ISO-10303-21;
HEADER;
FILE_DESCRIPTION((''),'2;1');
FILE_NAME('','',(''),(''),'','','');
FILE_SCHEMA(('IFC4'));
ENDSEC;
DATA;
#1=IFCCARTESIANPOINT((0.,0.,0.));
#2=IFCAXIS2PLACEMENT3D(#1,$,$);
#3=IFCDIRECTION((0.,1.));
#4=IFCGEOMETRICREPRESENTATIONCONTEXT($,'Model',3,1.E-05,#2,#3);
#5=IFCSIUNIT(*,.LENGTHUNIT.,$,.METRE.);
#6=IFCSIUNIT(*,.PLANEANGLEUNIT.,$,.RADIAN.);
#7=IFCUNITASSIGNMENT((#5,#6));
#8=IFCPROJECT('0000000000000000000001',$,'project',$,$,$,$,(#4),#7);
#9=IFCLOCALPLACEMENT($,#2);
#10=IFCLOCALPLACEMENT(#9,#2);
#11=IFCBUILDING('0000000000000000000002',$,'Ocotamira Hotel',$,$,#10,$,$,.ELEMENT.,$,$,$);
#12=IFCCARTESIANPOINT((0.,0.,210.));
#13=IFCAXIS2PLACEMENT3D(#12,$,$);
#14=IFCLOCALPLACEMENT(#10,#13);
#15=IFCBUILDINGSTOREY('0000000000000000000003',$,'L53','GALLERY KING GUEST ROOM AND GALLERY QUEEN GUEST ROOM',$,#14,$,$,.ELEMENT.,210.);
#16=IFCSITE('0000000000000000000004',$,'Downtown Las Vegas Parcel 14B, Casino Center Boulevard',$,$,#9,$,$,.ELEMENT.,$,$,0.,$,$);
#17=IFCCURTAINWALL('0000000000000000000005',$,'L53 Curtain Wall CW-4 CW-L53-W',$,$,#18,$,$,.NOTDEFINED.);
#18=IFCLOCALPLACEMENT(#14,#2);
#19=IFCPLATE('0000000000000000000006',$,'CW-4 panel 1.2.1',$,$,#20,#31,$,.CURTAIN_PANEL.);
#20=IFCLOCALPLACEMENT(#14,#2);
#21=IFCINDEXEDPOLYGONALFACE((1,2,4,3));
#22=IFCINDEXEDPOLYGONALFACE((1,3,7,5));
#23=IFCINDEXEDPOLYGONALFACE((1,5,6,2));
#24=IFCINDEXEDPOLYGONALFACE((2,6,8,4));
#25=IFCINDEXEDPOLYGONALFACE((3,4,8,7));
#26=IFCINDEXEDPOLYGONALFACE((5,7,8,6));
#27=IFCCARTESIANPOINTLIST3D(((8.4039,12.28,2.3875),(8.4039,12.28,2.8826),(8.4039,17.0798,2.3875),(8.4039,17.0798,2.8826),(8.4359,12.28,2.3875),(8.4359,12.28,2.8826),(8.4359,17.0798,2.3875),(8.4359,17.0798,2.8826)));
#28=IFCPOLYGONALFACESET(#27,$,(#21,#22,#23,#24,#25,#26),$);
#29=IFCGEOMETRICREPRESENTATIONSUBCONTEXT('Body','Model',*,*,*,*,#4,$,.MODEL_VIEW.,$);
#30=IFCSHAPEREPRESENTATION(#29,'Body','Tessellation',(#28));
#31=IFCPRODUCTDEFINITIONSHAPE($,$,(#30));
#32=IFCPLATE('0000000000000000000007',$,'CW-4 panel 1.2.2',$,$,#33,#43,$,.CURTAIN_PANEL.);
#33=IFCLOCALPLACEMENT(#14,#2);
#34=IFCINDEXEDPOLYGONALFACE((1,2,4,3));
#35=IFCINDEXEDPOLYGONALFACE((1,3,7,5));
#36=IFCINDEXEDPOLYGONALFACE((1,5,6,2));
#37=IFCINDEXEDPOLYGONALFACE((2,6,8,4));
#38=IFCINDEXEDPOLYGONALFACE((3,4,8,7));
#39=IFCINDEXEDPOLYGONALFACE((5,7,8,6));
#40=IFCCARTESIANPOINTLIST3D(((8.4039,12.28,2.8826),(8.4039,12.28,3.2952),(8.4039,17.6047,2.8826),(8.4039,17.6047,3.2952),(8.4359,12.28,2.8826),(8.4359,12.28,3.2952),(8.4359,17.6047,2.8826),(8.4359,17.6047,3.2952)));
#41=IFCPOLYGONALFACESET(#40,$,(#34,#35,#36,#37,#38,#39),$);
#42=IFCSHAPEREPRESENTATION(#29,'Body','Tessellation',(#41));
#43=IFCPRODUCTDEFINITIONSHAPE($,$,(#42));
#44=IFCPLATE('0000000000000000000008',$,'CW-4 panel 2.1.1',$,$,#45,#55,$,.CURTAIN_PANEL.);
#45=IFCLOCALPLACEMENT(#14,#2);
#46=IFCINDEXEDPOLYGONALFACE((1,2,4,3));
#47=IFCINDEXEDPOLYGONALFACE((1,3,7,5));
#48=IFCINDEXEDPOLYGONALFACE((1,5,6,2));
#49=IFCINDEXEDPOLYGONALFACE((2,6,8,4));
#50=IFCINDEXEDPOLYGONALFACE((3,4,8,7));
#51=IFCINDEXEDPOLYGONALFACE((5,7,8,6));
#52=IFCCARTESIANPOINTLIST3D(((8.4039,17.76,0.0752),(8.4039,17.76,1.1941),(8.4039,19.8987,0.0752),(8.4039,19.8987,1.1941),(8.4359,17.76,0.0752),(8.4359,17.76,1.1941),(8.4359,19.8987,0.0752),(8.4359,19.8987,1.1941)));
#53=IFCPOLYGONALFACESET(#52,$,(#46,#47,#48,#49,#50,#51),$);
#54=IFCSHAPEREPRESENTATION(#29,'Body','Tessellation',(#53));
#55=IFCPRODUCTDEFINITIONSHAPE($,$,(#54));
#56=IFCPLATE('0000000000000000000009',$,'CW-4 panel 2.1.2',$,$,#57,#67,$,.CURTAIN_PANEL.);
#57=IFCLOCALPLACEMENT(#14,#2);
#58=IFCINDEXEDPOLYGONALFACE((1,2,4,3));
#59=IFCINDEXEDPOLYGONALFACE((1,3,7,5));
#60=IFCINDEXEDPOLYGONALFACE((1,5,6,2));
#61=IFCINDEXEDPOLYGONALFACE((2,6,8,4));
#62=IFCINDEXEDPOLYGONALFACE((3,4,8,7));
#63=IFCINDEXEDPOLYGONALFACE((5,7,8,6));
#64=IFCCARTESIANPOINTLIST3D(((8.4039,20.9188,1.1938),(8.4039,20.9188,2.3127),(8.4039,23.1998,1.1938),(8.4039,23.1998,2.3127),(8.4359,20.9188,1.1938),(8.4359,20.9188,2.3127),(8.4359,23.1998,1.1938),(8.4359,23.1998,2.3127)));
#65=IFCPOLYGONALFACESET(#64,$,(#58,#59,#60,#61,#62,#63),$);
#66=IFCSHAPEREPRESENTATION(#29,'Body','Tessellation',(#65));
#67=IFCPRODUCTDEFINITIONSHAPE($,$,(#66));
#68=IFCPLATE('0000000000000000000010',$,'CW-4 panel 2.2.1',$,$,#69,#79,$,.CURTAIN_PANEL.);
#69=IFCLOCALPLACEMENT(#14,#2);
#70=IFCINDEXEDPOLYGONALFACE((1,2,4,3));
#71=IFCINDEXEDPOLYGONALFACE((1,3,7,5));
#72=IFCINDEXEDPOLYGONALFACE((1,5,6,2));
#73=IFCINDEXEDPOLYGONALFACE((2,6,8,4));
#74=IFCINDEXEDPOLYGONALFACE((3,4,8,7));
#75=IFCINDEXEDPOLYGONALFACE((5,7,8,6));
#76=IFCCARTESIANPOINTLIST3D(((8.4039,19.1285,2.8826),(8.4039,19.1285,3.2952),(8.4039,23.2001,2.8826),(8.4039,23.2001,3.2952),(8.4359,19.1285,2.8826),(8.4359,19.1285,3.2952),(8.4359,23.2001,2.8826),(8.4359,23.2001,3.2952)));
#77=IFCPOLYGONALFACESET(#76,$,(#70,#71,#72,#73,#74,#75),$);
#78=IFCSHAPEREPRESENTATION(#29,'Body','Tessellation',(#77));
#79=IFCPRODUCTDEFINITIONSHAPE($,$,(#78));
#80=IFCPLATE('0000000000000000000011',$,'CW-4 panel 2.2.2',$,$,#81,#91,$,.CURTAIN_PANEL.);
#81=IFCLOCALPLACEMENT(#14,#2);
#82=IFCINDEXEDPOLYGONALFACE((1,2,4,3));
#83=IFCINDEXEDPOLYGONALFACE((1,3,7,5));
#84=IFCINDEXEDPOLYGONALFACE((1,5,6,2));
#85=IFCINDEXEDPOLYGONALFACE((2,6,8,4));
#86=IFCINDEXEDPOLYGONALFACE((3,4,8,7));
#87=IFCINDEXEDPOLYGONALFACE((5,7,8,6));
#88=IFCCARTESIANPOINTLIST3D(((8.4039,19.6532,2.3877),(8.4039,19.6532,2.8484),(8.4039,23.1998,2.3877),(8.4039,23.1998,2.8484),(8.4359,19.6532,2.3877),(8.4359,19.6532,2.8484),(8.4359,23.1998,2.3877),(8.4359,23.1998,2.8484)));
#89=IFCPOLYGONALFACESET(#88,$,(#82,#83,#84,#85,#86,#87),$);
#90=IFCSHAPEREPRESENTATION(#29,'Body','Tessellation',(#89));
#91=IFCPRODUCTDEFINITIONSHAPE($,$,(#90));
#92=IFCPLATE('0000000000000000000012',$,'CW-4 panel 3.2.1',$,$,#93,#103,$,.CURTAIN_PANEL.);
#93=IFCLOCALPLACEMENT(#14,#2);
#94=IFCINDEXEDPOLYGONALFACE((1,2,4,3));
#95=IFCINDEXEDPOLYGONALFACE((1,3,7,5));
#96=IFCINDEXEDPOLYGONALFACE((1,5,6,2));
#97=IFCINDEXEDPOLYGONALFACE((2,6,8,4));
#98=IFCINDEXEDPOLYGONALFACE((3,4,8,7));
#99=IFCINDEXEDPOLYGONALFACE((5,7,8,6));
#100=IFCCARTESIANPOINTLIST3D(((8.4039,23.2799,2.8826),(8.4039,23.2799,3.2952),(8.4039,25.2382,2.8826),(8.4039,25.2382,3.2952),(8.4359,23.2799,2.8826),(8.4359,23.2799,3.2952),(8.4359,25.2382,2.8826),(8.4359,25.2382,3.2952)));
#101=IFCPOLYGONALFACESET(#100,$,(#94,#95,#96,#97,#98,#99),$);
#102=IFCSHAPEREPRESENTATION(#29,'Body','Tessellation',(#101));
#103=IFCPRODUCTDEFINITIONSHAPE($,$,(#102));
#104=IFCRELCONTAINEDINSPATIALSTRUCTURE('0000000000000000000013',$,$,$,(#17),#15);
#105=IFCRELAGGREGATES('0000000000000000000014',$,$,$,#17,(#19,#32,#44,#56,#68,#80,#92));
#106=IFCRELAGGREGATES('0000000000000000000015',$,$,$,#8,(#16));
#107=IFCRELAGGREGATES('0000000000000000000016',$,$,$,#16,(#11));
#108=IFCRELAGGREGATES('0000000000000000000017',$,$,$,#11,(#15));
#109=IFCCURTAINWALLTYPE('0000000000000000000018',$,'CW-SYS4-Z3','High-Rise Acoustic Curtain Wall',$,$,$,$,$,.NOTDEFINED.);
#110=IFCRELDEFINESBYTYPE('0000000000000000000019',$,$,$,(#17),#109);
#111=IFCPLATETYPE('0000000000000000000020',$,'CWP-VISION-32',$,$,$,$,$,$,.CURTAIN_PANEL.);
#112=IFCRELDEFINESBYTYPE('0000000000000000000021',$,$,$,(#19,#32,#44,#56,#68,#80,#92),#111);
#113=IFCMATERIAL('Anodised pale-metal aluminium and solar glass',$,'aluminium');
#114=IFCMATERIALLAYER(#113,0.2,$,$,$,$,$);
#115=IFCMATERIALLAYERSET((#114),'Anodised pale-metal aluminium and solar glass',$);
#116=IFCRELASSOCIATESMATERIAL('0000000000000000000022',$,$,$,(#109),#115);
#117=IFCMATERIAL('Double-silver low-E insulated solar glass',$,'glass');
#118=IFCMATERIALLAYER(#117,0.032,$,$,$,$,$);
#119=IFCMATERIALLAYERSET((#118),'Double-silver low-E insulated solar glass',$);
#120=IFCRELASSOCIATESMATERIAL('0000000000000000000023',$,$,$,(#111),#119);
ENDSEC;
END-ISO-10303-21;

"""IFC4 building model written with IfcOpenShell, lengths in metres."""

from ifc_helpers import new_model, si_unit, direction, frame, origin, origin_2d, place, context, subcontext, project, spatial, rectangle, extrude, source, transform, mapped, material, layer, layer_set, type_object, element, aggregate, save


model = new_model("IFC4")

# Units and contexts
model_context = context("Model", 3, precision=1e-05, world=origin(), true_north=direction((0.0, 1.0)))
body_context = subcontext(model_context, "Body", "Model", "MODEL_VIEW")
ifc_project = project(units=[si_unit("LENGTHUNIT", "METRE"), si_unit("PLANEANGLEUNIT", "RADIAN")], contexts=[model_context])

# Site, building, storey
site_placement = place(None, origin())
site = spatial("IfcSite", under=ifc_project, at=site_placement, Name="Downtown Las Vegas Parcel 14B, Casino Center Boulevard", CompositionType="ELEMENT", RefElevation=0.0)
building_placement = place(site_placement, origin())
building = spatial("IfcBuilding", under=site, at=building_placement, Name="Ocotamira Hotel", CompositionType="ELEMENT")
storey_placement = place(building_placement, frame((0.0, 0.0, 210.0)))
storey = spatial("IfcBuildingStorey", under=building, at=storey_placement, Name="L53", Description="GALLERY KING GUEST ROOM AND GALLERY QUEEN GUEST ROOM", CompositionType="ELEMENT", Elevation=210.0)

# Curtain wall
ifc_material_1 = material(Name="Anodised pale-metal aluminium and solar glass", Category="aluminium")
ifc_layer_1 = layer(ifc_material_1, 0.2)
ifc_layer_set_1 = layer_set([ifc_layer_1], Name="Anodised pale-metal aluminium and solar glass")
curtain_wall_type = type_object("IfcCurtainWallType", Name="CW-SYS4-Z3", Description="High-Rise Acoustic Curtain Wall", PredefinedType="NOTDEFINED", material=ifc_layer_set_1)
curtain_wall_placement = place(storey_placement, origin())
curtain_wall = element("IfcCurtainWall", 1, at=curtain_wall_placement, inside=storey, type_object=curtain_wall_type, Name="L53 Curtain Wall CW-4 CW-L53-W", PredefinedType="NOTDEFINED")

# Plates
ifc_material_2 = material(Name="Double-silver low-E insulated solar glass", Category="glass")
ifc_layer_2 = layer(ifc_material_2, 0.032)
ifc_layer_set_2 = layer_set([ifc_layer_2], Name="Double-silver low-E insulated solar glass")
plate_type_1 = type_object("IfcPlateType", Name="CWP-VISION-32", PredefinedType="CURTAIN_PANEL", material=ifc_layer_set_2)
shared_shape_1 = source(origin(), body_context, "Body", "SweptSolid", [
    extrude(rectangle(XDim=4.7998, YDim=0.032, at=origin_2d()), origin(), (0.0, 0.0, 1.0), 0.4951),
])
plate_1_placement = place(storey_placement, frame((8.4199, 14.6799, 2.3875), z_axis=(0.0, 0.0, 1.0), x_axis=(0.0, 1.0, 0.0)))
plate_1 = element("IfcPlate", 2, at=plate_1_placement, type_object=plate_type_1, Name="CW-4 panel 1.2.1", PredefinedType="CURTAIN_PANEL", context=body_context, shape_type="MappedRepresentation", body=[
    mapped(shared_shape_1, transform((0.0, 0.0, 0.0), scale=1.0)),
])
shared_shape_2 = source(origin(), body_context, "Body", "SweptSolid", [
    extrude(rectangle(XDim=5.3247, YDim=0.032, at=origin_2d()), origin(), (0.0, 0.0, 1.0), 0.4126),
])
plate_2_placement = place(storey_placement, frame((8.4199, 14.9424, 2.8826), z_axis=(0.0, 0.0, 1.0), x_axis=(0.0, 1.0, 0.0)))
plate_2 = element("IfcPlate", 3, at=plate_2_placement, type_object=plate_type_1, Name="CW-4 panel 1.2.2", PredefinedType="CURTAIN_PANEL", context=body_context, shape_type="MappedRepresentation", body=[
    mapped(shared_shape_2, transform((0.0, 0.0, 0.0), scale=1.0)),
])
shared_shape_3 = source(origin(), body_context, "Body", "SweptSolid", [
    extrude(rectangle(XDim=2.1387, YDim=0.032, at=origin_2d()), origin(), (0.0, 0.0, 1.0), 1.1189),
])
plate_3_placement = place(storey_placement, frame((8.4199, 18.8293, 0.0752), z_axis=(0.0, 0.0, 1.0), x_axis=(0.0, 1.0, 0.0)))
plate_3 = element("IfcPlate", 4, at=plate_3_placement, type_object=plate_type_1, Name="CW-4 panel 2.1.1", PredefinedType="CURTAIN_PANEL", context=body_context, shape_type="MappedRepresentation", body=[
    mapped(shared_shape_3, transform((0.0, 0.0, 0.0), scale=1.0)),
])
shared_shape_4 = source(origin(), body_context, "Body", "SweptSolid", [
    extrude(rectangle(XDim=2.281, YDim=0.032, at=origin_2d()), origin(), (0.0, 0.0, 1.0), 1.1189),
])
plate_4_placement = place(storey_placement, frame((8.4199, 22.0593, 1.1938), z_axis=(0.0, 0.0, 1.0), x_axis=(0.0, 1.0, 0.0)))
plate_4 = element("IfcPlate", 5, at=plate_4_placement, type_object=plate_type_1, Name="CW-4 panel 2.1.2", PredefinedType="CURTAIN_PANEL", context=body_context, shape_type="MappedRepresentation", body=[
    mapped(shared_shape_4, transform((0.0, 0.0, 0.0), scale=1.0)),
])
shared_shape_5 = source(origin(), body_context, "Body", "SweptSolid", [
    extrude(rectangle(XDim=4.0715, YDim=0.032, at=origin_2d()), origin(), (0.0, 0.0, 1.0), 0.4126),
])
plate_5_placement = place(storey_placement, frame((8.4199, 21.1643, 2.8826), z_axis=(0.0, 0.0, 1.0), x_axis=(0.0, 1.0, 0.0)))
plate_5 = element("IfcPlate", 6, at=plate_5_placement, type_object=plate_type_1, Name="CW-4 panel 2.2.1", PredefinedType="CURTAIN_PANEL", context=body_context, shape_type="MappedRepresentation", body=[
    mapped(shared_shape_5, transform((0.0, 0.0, 0.0), scale=1.0)),
])
shared_shape_6 = source(origin(), body_context, "Body", "SweptSolid", [
    extrude(rectangle(XDim=3.5466, YDim=0.032, at=origin_2d()), origin(), (0.0, 0.0, 1.0), 0.4607),
])
plate_6_placement = place(storey_placement, frame((8.4199, 21.4265, 2.3877), z_axis=(0.0, 0.0, 1.0), x_axis=(0.0, 1.0, 0.0)))
plate_6 = element("IfcPlate", 7, at=plate_6_placement, type_object=plate_type_1, Name="CW-4 panel 2.2.2", PredefinedType="CURTAIN_PANEL", context=body_context, shape_type="MappedRepresentation", body=[
    mapped(shared_shape_6, transform((0.0, 0.0, 0.0), scale=1.0)),
])
shared_shape_7 = source(origin(), body_context, "Body", "SweptSolid", [
    extrude(rectangle(XDim=1.9583, YDim=0.032, at=origin_2d()), origin(), (0.0, 0.0, 1.0), 0.4126),
])
plate_7_placement = place(storey_placement, frame((8.4199, 24.259, 2.8826), z_axis=(0.0, 0.0, 1.0), x_axis=(0.0, 1.0, 0.0)))
plate_7 = element("IfcPlate", 8, at=plate_7_placement, type_object=plate_type_1, Name="CW-4 panel 3.2.1", PredefinedType="CURTAIN_PANEL", context=body_context, shape_type="MappedRepresentation", body=[
    mapped(shared_shape_7, transform((0.0, 0.0, 0.0), scale=1.0)),
])
aggregate(curtain_wall, [plate_1, plate_2, plate_3, plate_4, plate_5, plate_6, plate_7])

save(model, "model.ifc")
